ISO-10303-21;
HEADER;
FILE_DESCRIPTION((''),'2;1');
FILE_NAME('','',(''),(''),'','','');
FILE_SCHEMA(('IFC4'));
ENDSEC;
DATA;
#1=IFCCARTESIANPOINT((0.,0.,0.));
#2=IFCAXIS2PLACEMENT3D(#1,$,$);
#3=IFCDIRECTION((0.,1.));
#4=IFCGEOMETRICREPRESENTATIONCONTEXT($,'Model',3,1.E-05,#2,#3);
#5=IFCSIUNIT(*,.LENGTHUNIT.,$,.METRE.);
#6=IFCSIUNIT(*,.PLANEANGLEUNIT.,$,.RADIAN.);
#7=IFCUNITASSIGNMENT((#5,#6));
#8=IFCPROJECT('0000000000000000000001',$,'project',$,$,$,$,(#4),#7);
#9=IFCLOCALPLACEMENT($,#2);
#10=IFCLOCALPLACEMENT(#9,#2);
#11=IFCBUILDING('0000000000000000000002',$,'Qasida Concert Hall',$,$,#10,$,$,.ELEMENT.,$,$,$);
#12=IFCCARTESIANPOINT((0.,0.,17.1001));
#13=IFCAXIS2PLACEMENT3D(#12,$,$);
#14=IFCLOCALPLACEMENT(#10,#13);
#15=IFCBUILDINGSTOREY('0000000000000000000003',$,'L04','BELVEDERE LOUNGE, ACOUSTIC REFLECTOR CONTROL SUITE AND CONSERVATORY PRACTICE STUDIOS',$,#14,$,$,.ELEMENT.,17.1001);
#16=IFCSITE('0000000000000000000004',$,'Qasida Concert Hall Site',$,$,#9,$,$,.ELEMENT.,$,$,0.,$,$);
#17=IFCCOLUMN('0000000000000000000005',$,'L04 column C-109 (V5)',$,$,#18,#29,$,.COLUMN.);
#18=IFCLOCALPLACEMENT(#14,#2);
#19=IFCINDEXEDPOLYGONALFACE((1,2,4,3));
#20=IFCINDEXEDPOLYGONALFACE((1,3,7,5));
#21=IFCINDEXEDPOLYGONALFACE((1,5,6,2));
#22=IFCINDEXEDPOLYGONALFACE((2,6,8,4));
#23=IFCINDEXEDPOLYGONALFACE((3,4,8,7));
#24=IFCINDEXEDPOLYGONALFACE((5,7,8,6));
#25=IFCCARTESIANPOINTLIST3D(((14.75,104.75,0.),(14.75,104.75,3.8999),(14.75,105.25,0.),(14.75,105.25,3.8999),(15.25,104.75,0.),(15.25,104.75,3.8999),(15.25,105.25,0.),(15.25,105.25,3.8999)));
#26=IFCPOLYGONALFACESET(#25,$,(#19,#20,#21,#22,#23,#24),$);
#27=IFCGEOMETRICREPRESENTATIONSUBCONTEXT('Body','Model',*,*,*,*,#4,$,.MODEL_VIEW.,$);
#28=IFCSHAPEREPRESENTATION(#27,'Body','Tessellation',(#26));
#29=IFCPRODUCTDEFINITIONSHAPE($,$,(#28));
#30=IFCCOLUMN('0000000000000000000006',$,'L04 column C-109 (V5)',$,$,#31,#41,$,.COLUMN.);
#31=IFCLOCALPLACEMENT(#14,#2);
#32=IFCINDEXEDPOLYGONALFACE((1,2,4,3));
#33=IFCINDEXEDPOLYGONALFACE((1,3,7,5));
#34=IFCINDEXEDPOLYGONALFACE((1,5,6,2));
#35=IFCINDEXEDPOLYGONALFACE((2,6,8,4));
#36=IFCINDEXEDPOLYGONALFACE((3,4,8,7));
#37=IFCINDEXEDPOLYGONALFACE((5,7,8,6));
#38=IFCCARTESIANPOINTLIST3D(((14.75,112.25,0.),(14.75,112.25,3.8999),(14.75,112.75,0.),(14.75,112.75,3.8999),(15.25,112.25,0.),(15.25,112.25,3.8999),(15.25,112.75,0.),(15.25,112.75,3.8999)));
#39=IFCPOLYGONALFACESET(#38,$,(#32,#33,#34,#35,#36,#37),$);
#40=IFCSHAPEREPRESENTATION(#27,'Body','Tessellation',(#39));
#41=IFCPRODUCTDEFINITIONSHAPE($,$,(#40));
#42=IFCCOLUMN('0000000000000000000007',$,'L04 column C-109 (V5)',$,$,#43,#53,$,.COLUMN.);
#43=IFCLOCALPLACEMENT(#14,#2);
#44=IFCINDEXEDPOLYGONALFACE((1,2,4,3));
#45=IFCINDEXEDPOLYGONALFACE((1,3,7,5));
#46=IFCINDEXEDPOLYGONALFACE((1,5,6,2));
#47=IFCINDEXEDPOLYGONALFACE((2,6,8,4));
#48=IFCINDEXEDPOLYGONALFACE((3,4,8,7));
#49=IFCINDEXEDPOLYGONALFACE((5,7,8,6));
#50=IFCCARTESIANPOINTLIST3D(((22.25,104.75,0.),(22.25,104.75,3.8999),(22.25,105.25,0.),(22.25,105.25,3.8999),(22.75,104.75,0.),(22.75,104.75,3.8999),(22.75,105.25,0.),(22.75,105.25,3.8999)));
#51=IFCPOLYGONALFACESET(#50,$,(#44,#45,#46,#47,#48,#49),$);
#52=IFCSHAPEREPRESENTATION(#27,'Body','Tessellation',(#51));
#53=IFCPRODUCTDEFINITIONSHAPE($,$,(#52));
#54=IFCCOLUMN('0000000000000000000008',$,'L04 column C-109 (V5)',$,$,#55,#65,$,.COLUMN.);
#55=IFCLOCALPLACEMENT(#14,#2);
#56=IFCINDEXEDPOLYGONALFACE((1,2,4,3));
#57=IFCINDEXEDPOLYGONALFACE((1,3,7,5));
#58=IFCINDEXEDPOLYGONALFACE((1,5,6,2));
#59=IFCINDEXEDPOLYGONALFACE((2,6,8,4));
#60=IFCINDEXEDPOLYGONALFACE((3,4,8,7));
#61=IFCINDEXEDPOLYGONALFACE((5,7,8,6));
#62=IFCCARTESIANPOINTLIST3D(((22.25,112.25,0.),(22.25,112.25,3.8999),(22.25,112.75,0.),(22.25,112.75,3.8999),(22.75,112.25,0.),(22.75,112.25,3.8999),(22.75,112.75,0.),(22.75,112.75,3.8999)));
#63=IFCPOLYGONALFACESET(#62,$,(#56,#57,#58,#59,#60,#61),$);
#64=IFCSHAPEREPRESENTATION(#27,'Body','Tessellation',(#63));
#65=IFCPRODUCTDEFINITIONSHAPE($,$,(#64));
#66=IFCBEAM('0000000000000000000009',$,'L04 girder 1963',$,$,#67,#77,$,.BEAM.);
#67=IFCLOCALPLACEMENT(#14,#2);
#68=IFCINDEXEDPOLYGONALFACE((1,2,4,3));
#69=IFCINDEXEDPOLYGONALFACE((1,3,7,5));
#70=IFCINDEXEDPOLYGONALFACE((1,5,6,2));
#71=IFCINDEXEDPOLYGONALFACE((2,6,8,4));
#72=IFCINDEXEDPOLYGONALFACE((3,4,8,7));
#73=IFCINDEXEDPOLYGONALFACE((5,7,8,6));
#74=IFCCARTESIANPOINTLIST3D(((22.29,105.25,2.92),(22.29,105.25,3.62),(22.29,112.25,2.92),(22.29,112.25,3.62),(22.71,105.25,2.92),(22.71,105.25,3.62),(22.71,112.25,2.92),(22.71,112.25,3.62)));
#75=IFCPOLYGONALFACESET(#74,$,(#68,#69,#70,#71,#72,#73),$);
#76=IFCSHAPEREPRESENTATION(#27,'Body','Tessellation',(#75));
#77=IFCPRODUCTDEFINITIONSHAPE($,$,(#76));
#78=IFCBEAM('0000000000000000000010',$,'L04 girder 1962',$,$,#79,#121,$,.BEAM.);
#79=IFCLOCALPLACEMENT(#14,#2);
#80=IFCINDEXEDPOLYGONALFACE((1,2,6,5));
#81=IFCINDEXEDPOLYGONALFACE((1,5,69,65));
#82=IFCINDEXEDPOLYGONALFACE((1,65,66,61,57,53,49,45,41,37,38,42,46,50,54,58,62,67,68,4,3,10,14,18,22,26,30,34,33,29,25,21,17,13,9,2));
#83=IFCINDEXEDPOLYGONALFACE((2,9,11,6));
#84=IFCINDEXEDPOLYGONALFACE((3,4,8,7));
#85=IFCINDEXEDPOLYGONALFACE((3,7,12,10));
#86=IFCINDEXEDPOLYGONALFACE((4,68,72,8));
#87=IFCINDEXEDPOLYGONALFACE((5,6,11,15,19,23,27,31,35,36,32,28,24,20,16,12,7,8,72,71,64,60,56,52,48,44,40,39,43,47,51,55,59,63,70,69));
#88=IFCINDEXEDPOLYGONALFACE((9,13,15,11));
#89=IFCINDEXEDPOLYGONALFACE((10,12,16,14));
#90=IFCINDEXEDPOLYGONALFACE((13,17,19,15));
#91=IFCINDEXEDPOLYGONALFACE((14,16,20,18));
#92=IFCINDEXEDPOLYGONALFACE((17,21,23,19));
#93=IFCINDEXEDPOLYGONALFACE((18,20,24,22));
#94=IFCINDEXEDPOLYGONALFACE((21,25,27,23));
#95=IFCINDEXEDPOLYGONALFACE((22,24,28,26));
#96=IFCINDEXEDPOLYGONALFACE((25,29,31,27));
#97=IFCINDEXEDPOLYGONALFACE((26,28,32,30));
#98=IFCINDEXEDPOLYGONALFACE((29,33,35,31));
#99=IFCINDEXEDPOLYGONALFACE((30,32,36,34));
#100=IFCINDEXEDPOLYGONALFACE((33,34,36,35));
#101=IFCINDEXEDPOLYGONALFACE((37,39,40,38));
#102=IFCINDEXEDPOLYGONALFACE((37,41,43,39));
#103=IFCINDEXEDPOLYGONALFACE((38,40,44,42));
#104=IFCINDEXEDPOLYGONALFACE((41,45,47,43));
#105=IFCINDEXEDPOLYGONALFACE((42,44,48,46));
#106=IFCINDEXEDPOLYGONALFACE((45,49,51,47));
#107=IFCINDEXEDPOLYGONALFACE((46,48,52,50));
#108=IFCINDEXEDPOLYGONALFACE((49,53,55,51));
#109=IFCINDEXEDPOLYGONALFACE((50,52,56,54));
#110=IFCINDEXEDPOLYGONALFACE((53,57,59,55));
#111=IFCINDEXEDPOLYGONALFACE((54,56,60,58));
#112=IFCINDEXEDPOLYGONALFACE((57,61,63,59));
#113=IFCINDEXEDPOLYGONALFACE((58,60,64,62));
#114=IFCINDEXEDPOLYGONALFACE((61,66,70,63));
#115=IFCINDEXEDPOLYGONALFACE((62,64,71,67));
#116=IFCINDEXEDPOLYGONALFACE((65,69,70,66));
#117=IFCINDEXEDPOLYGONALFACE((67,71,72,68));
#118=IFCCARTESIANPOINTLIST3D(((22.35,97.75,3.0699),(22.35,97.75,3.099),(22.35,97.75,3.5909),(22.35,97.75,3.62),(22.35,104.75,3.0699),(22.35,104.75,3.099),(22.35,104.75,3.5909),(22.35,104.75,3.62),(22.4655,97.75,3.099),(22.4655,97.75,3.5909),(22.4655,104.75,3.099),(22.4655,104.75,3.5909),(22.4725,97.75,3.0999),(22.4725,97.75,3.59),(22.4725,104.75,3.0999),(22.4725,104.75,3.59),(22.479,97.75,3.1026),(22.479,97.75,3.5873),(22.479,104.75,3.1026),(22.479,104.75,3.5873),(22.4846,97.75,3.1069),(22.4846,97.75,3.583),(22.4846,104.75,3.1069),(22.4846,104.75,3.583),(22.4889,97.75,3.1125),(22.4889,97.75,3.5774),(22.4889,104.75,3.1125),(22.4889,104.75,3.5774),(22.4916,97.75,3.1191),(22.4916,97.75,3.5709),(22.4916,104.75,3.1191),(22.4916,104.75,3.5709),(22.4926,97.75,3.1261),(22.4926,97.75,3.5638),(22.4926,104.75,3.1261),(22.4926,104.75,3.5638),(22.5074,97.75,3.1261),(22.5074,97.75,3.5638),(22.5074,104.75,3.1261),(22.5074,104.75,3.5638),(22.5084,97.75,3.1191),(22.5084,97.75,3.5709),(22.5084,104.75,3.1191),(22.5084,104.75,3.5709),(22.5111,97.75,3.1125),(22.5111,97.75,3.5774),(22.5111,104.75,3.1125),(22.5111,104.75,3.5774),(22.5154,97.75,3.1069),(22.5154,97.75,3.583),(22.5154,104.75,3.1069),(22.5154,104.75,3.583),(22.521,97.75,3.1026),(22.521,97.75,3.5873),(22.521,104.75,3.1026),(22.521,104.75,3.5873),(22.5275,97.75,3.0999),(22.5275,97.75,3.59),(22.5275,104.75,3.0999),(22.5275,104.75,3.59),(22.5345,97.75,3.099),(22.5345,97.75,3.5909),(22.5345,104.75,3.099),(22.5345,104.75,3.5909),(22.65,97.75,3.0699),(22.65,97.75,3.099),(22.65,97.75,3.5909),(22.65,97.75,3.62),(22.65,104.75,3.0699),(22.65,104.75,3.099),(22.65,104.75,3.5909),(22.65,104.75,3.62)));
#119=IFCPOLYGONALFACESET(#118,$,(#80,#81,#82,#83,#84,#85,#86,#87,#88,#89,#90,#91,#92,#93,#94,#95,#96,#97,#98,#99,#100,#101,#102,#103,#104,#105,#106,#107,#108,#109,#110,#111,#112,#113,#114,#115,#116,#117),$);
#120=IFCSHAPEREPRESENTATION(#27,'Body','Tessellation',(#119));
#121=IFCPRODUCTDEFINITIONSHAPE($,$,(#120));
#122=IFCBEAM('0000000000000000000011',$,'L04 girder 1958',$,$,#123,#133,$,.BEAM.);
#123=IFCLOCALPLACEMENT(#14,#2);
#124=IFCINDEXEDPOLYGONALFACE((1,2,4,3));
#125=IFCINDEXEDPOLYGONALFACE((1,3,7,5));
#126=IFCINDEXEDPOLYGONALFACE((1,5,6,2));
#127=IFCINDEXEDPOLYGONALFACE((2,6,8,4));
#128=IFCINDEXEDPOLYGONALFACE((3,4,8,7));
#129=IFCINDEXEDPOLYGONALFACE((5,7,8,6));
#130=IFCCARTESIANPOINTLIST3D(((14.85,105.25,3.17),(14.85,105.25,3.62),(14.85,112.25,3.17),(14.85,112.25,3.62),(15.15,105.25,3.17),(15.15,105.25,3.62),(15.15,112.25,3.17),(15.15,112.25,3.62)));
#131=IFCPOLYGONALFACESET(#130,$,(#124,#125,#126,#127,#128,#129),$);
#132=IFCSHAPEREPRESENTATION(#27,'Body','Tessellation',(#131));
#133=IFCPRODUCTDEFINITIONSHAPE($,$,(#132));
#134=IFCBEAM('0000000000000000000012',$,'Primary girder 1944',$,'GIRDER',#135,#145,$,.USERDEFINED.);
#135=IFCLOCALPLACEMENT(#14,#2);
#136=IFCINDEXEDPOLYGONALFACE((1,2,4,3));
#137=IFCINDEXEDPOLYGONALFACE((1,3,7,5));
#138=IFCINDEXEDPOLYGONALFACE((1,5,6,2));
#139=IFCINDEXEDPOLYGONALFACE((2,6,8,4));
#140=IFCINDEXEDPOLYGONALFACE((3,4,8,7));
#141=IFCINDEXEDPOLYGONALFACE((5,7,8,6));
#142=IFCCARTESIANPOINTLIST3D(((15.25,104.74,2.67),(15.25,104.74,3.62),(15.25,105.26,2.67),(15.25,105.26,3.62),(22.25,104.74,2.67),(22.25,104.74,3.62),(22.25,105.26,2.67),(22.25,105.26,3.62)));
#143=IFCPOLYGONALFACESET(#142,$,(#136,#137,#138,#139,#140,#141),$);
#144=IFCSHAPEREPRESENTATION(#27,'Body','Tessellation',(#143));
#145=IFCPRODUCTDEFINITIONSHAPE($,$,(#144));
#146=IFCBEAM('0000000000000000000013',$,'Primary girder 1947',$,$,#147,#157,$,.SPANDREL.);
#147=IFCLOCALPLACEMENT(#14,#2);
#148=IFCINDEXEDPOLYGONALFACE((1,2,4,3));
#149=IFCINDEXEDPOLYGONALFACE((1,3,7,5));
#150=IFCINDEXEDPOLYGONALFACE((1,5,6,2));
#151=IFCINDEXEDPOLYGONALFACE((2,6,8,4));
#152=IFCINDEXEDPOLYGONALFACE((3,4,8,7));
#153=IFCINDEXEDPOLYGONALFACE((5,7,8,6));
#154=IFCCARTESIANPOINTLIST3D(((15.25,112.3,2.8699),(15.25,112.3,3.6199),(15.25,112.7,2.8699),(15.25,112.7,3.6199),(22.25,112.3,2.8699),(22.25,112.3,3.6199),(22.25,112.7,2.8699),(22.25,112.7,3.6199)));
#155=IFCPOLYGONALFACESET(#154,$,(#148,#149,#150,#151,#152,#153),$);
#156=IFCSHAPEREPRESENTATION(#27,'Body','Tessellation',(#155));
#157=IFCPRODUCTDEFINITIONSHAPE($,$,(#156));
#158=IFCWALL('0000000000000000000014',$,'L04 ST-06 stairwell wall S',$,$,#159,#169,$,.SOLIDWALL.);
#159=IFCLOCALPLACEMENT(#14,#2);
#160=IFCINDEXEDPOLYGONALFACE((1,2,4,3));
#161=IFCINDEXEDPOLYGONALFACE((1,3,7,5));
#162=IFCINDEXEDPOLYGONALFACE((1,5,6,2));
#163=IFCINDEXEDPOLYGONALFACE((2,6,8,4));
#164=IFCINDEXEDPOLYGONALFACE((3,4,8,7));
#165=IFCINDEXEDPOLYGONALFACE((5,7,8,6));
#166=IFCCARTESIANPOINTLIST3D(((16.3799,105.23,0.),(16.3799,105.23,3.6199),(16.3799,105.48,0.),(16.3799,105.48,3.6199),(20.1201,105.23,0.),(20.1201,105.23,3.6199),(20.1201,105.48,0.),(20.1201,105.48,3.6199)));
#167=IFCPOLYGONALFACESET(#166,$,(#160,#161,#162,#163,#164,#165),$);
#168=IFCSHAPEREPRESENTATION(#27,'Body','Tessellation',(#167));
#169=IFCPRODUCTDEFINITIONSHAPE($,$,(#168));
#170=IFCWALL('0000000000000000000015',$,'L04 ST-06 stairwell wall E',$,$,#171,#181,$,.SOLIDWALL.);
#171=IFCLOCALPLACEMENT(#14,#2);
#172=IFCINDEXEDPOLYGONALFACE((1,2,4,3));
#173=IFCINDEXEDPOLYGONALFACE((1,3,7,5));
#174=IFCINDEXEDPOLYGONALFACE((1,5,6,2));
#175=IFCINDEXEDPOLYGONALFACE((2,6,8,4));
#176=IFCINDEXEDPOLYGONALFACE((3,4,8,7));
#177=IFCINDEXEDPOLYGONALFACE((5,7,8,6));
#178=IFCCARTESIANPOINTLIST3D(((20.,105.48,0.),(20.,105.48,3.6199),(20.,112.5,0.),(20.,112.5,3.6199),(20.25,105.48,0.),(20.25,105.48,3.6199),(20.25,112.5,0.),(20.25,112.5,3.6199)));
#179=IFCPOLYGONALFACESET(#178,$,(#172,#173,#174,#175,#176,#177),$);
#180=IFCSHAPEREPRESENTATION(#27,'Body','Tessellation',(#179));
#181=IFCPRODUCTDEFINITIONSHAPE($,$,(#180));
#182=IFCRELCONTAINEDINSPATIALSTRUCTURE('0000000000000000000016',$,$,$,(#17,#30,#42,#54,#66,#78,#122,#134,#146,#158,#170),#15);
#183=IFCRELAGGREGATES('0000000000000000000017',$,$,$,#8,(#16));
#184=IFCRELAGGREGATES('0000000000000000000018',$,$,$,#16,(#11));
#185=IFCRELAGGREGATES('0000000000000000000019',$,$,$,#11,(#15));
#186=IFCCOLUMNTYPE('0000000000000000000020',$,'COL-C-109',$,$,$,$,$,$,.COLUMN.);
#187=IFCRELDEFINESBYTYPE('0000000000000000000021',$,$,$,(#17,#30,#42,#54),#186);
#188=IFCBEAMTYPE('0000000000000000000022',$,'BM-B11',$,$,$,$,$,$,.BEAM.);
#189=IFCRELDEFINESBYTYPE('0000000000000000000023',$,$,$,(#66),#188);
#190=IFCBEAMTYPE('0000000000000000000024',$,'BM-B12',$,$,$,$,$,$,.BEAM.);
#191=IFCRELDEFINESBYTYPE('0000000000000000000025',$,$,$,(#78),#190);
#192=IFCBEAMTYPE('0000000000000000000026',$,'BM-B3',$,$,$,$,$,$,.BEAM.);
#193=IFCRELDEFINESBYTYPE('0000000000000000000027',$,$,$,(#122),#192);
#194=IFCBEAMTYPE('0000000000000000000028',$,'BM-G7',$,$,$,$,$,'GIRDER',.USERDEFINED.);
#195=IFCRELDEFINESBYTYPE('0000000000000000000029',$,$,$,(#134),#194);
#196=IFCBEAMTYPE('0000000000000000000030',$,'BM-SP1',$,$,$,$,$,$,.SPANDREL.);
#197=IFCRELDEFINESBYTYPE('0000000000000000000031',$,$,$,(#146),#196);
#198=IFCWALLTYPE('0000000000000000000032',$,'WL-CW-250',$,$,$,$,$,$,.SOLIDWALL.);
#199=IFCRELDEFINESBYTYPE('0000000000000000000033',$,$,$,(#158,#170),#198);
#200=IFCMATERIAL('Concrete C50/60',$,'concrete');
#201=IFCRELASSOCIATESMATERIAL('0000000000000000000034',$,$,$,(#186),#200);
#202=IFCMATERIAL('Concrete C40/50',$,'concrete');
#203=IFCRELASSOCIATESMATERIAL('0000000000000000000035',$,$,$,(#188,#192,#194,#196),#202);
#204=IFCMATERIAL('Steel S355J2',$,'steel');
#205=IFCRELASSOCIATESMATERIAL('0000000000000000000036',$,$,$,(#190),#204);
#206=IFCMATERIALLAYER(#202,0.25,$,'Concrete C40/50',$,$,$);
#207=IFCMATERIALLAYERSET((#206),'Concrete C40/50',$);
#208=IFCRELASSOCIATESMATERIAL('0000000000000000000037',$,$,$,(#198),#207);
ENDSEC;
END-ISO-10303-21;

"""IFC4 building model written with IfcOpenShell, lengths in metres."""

from ifc_helpers import new_model, si_unit, direction, frame, frame_2d, origin, origin_2d, place, context, subcontext, project, spatial, rectangle, i_section, extrude, material, layer, layer_set, material_profile, profile_set, type_object, element, save


model = new_model("IFC4")

# Units and contexts
model_context = context("Model", 3, precision=1e-05, world=origin(), true_north=direction((0.0, 1.0)))
body_context = subcontext(model_context, "Body", "Model", "MODEL_VIEW")
ifc_project = project(units=[si_unit("LENGTHUNIT", "METRE"), si_unit("PLANEANGLEUNIT", "RADIAN")], contexts=[model_context])

# Site, building, storey
site_placement = place(None, origin())
site = spatial("IfcSite", under=ifc_project, at=site_placement, Name="Qasida Concert Hall Site", CompositionType="ELEMENT", RefElevation=0.0)
building_placement = place(site_placement, origin())
building = spatial("IfcBuilding", under=site, at=building_placement, Name="Qasida Concert Hall", CompositionType="ELEMENT")
storey_placement = place(building_placement, frame((0.0, 0.0, 17.1001)))
storey = spatial("IfcBuildingStorey", under=building, at=storey_placement, Name="L04", Description="BELVEDERE LOUNGE, ACOUSTIC REFLECTOR CONTROL SUITE AND CONSERVATORY PRACTICE STUDIOS", CompositionType="ELEMENT", Elevation=17.1001)

# Columns
ifc_material_1 = material(Name="Concrete C50/60", Category="concrete")
ifc_material_profile_1 = material_profile(ifc_material_1, rectangle(XDim=0.5, YDim=0.5, at=origin_2d()), Name="RC 500x500")
ifc_profile_set_1 = profile_set([ifc_material_profile_1], Name="Concrete C50/60")
column_type = type_object("IfcColumnType", Name="COL-C-109", PredefinedType="COLUMN", material=ifc_profile_set_1)
for number, where, z_axis, x_axis, name in (
    (1, (15.0, 105.0, 0.0), (0.0, 0.0, 1.0), (1.0, 0.0, 0.0), "L04 column C-109 (V5)"),
    (2, (15.0, 112.5, 0.0), (0.0, 0.0, 1.0), (1.0, 0.0, 0.0), "L04 column C-109 (V5)"),
    (3, (22.5, 105.0, 0.0), (0.0, 0.0, 1.0), (1.0, 0.0, 0.0), "L04 column C-109 (V5)"),
    (4, (22.5, 112.5, 0.0), (0.0, 0.0, 1.0), (1.0, 0.0, 0.0), "L04 column C-109 (V5)"),
):
    element("IfcColumn", number, at=place(storey_placement, frame(where, z_axis=z_axis, x_axis=x_axis)), inside=storey, type_object=column_type, Name=name, PredefinedType="COLUMN", context=body_context, shape_type="SweptSolid", body=[
        extrude(rectangle(XDim=0.5, YDim=0.5, at=origin_2d()), origin(), (0.0, 0.0, 1.0), 3.8999),
    ])

# Beams
ifc_material_2 = material(Name="Concrete C40/50", Category="concrete")
ifc_material_profile_2 = material_profile(ifc_material_2, rectangle(XDim=0.4199, YDim=0.7, at=origin_2d()), Name="RC 420x700")
ifc_profile_set_2 = profile_set([ifc_material_profile_2], Name="Concrete C40/50")
beam_type_1 = type_object("IfcBeamType", Name="BM-B11", PredefinedType="BEAM", material=ifc_profile_set_2)
beam_1_placement = place(storey_placement, frame((22.5, 105.25, 3.27), z_axis=(0.0, 1.0, 0.0), x_axis=(-1.0, 0.0, 0.0)))
element("IfcBeam", 5, at=beam_1_placement, inside=storey, type_object=beam_type_1, Name="L04 girder 1963", PredefinedType="BEAM", context=body_context, shape_type="SweptSolid", body=[
    extrude(rectangle(XDim=0.4199, YDim=0.7, at=origin_2d()), origin(), (0.0, 0.0, 1.0), 7.0),
])
ifc_material_3 = material(Name="Steel S355J2", Category="steel")
ifc_material_profile_3 = material_profile(ifc_material_3, i_section(OverallWidth=0.3, OverallDepth=0.55, WebThickness=0.0149, FlangeThickness=0.0291, FilletRadius=0.0271, at=origin_2d()), Name="HEB 550")
ifc_profile_set_3 = profile_set([ifc_material_profile_3], Name="Steel S355J2")
beam_type_2 = type_object("IfcBeamType", Name="BM-B12", PredefinedType="BEAM", material=ifc_profile_set_3)
beam_2_placement = place(storey_placement, frame((22.5, 97.75, 3.345), z_axis=(0.0, 1.0, 0.0), x_axis=(-1.0, 0.0, 0.0)))
element("IfcBeam", 6, at=beam_2_placement, inside=storey, type_object=beam_type_2, Name="L04 girder 1962", PredefinedType="BEAM", context=body_context, shape_type="SweptSolid", body=[
    extrude(i_section(OverallWidth=0.3, OverallDepth=0.55, WebThickness=0.0149, FlangeThickness=0.0291, FilletRadius=0.0271, at=origin_2d()), origin(), (0.0, 0.0, 1.0), 7.0),
])
ifc_material_profile_4 = material_profile(ifc_material_2, rectangle(XDim=0.3, YDim=0.45, at=origin_2d()), Name="RC 300x450")
ifc_profile_set_4 = profile_set([ifc_material_profile_4], Name="Concrete C40/50")
beam_type_3 = type_object("IfcBeamType", Name="BM-B3", PredefinedType="BEAM", material=ifc_profile_set_4)
beam_3_placement = place(storey_placement, frame((15.0, 105.25, 3.395), z_axis=(0.0, 1.0, 0.0), x_axis=(-1.0, 0.0, 0.0)))
element("IfcBeam", 7, at=beam_3_placement, inside=storey, type_object=beam_type_3, Name="L04 girder 1958", PredefinedType="BEAM", context=body_context, shape_type="SweptSolid", body=[
    extrude(rectangle(XDim=0.3, YDim=0.45, at=origin_2d()), origin(), (0.0, 0.0, 1.0), 7.0),
])
ifc_material_profile_5 = material_profile(ifc_material_2, rectangle(XDim=0.52, YDim=0.95, at=origin_2d()), Name="RC 520x950")
ifc_profile_set_5 = profile_set([ifc_material_profile_5], Name="Concrete C40/50")
beam_type_4 = type_object("IfcBeamType", Name="BM-G7", ElementType="GIRDER", PredefinedType="USERDEFINED", material=ifc_profile_set_5)
beam_4_placement = place(storey_placement, frame((15.25, 105.0, 3.145), z_axis=(1.0, 0.0, 0.0), x_axis=(0.0, 1.0, 0.0)))
element("IfcBeam", 8, at=beam_4_placement, inside=storey, type_object=beam_type_4, Name="Primary girder 1944", ObjectType="GIRDER", PredefinedType="USERDEFINED", context=body_context, shape_type="SweptSolid", body=[
    extrude(rectangle(XDim=0.52, YDim=0.95, at=origin_2d()), origin(), (0.0, 0.0, 1.0), 7.0),
])
ifc_material_profile_6 = material_profile(ifc_material_2, rectangle(XDim=0.3999, YDim=0.75, at=origin_2d()), Name="RC 400x750")
ifc_profile_set_6 = profile_set([ifc_material_profile_6], Name="Concrete C40/50")
beam_type_5 = type_object("IfcBeamType", Name="BM-SP1", PredefinedType="SPANDREL", material=ifc_profile_set_6)
beam_5_placement = place(storey_placement, frame((15.25, 112.5, 3.2449), z_axis=(1.0, 0.0, 0.0), x_axis=(0.0, 1.0, 0.0)))
element("IfcBeam", 9, at=beam_5_placement, inside=storey, type_object=beam_type_5, Name="Primary girder 1947", PredefinedType="SPANDREL", context=body_context, shape_type="SweptSolid", body=[
    extrude(rectangle(XDim=0.3999, YDim=0.75, at=origin_2d()), origin(), (0.0, 0.0, 1.0), 7.0),
])

# Wall
ifc_layer_1 = layer(ifc_material_2, 0.25, Name="Concrete C40/50")
ifc_layer_set_1 = layer_set([ifc_layer_1], Name="Concrete C40/50")
wall_type_1 = type_object("IfcWallType", Name="WL-CW-250", PredefinedType="SOLIDWALL", material=ifc_layer_set_1)
wall_1_placement = place(storey_placement, frame((16.3799, 105.355, 0.0), z_axis=(0.0, 0.0, 1.0), x_axis=(1.0, 0.0, 0.0)))
element("IfcWall", 10, at=wall_1_placement, inside=storey, type_object=wall_type_1, Name="L04 ST-06 stairwell wall S", PredefinedType="SOLIDWALL", context=body_context, shape_type="SweptSolid", body=[
    extrude(rectangle(XDim=3.7402, YDim=0.25, at=frame_2d((1.8701, 0.0))), origin(), (0.0, 0.0, 1.0), 3.6199),
])

# Wall
wall_2_placement = place(storey_placement, frame((20.125, 105.48, 0.0), z_axis=(0.0, 0.0, 1.0), x_axis=(0.0, 1.0, 0.0)))
element("IfcWall", 11, at=wall_2_placement, inside=storey, type_object=wall_type_1, Name="L04 ST-06 stairwell wall E", PredefinedType="SOLIDWALL", context=body_context, shape_type="SweptSolid", body=[
    extrude(rectangle(XDim=7.02, YDim=0.25, at=frame_2d((3.51, 0.0))), origin(), (0.0, 0.0, 1.0), 3.6199),
])

save(model, "model.ifc")
